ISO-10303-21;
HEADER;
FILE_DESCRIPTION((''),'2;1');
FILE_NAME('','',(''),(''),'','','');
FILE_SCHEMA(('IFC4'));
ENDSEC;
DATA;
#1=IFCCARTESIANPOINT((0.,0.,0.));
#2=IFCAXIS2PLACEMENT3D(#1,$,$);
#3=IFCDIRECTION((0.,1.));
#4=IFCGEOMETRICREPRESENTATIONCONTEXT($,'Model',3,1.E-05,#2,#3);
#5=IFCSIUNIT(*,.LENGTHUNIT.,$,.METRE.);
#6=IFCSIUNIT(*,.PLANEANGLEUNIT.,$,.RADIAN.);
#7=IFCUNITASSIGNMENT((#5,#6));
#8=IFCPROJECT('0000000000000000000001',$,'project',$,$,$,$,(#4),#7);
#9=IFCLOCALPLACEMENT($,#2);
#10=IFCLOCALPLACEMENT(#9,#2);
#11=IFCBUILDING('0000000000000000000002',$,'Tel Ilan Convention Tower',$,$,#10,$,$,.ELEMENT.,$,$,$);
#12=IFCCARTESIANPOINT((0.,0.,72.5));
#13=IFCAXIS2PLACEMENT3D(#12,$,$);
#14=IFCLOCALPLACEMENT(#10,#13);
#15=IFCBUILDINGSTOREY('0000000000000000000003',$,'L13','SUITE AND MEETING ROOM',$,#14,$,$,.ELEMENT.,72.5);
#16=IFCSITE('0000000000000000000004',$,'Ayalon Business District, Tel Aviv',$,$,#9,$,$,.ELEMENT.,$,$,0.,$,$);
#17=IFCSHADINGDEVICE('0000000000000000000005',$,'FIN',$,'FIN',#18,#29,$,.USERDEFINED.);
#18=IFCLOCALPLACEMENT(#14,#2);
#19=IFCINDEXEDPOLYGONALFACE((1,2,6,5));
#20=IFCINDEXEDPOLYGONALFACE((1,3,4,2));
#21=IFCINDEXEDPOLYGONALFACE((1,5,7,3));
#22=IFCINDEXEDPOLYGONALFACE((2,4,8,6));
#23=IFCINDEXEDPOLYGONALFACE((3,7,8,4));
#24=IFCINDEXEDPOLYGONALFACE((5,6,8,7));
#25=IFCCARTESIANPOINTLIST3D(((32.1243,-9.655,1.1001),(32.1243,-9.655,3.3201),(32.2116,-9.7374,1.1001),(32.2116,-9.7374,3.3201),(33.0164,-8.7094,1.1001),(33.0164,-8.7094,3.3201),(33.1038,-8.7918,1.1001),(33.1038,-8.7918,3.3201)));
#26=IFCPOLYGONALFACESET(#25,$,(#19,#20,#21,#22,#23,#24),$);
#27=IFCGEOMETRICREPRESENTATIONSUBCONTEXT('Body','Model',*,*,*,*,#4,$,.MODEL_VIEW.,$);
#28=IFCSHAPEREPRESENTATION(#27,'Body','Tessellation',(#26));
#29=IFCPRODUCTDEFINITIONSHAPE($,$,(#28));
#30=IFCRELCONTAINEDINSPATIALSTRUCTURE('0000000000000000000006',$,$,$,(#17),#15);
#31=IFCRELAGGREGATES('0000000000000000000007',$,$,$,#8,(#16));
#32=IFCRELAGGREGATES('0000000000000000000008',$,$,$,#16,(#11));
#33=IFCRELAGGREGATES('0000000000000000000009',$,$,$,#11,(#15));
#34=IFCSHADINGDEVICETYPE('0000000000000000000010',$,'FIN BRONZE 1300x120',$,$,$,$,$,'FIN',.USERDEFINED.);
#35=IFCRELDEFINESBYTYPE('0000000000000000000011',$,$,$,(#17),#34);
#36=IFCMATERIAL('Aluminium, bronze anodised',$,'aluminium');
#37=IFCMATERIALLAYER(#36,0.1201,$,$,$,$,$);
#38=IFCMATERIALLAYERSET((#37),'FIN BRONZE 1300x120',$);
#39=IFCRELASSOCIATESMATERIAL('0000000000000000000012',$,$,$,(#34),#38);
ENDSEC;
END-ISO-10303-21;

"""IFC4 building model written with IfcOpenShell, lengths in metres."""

from ifc_helpers import new_model, si_unit, direction, frame, origin, origin_2d, place, context, subcontext, project, spatial, rectangle, extrude, material, layer, layer_set, type_object, element, save


model = new_model("IFC4")

# Units and contexts
model_context = context("Model", 3, precision=1e-05, world=origin(), true_north=direction((0.0, 1.0)))
body_context = subcontext(model_context, "Body", "Model", "MODEL_VIEW")
ifc_project = project(units=[si_unit("LENGTHUNIT", "METRE"), si_unit("PLANEANGLEUNIT", "RADIAN")], contexts=[model_context])

# Site, building, storey
site_placement = place(None, origin())
site = spatial("IfcSite", under=ifc_project, at=site_placement, Name="Ayalon Business District, Tel Aviv", CompositionType="ELEMENT", RefElevation=0.0)
building_placement = place(site_placement, origin())
building = spatial("IfcBuilding", under=site, at=building_placement, Name="Tel Ilan Convention Tower", CompositionType="ELEMENT")
storey_placement = place(building_placement, frame((0.0, 0.0, 72.5)))
storey = spatial("IfcBuildingStorey", under=building, at=storey_placement, Name="L13", Description="SUITE AND MEETING ROOM", CompositionType="ELEMENT", Elevation=72.5)

# Shading device
ifc_material_1 = material(Name="Aluminium, bronze anodised", Category="aluminium")
ifc_layer_1 = layer(ifc_material_1, 0.1201)
ifc_layer_set_1 = layer_set([ifc_layer_1], Name="FIN BRONZE 1300x120")
shading_device_type = type_object("IfcShadingDeviceType", Name="FIN BRONZE 1300x120", ElementType="FIN", PredefinedType="USERDEFINED", material=ifc_layer_set_1)
for number, where, z_axis, x_axis, name in (
    (1, (32.614, -9.2234, 1.1001), (0.0, 0.0, 1.0), (0.686242, 0.727374, 0.0), "FIN"),
):
    element("IfcShadingDevice", number, at=place(storey_placement, frame(where, z_axis=z_axis, x_axis=x_axis)), inside=storey, type_object=shading_device_type, Name=name, ObjectType="FIN", PredefinedType="USERDEFINED", context=body_context, shape_type="SweptSolid", body=[
        extrude(rectangle(XDim=1.3, YDim=0.1201, at=origin_2d()), origin(), (0.0, 0.0, 1.0), 2.22),
    ])

save(model, "model.ifc")
